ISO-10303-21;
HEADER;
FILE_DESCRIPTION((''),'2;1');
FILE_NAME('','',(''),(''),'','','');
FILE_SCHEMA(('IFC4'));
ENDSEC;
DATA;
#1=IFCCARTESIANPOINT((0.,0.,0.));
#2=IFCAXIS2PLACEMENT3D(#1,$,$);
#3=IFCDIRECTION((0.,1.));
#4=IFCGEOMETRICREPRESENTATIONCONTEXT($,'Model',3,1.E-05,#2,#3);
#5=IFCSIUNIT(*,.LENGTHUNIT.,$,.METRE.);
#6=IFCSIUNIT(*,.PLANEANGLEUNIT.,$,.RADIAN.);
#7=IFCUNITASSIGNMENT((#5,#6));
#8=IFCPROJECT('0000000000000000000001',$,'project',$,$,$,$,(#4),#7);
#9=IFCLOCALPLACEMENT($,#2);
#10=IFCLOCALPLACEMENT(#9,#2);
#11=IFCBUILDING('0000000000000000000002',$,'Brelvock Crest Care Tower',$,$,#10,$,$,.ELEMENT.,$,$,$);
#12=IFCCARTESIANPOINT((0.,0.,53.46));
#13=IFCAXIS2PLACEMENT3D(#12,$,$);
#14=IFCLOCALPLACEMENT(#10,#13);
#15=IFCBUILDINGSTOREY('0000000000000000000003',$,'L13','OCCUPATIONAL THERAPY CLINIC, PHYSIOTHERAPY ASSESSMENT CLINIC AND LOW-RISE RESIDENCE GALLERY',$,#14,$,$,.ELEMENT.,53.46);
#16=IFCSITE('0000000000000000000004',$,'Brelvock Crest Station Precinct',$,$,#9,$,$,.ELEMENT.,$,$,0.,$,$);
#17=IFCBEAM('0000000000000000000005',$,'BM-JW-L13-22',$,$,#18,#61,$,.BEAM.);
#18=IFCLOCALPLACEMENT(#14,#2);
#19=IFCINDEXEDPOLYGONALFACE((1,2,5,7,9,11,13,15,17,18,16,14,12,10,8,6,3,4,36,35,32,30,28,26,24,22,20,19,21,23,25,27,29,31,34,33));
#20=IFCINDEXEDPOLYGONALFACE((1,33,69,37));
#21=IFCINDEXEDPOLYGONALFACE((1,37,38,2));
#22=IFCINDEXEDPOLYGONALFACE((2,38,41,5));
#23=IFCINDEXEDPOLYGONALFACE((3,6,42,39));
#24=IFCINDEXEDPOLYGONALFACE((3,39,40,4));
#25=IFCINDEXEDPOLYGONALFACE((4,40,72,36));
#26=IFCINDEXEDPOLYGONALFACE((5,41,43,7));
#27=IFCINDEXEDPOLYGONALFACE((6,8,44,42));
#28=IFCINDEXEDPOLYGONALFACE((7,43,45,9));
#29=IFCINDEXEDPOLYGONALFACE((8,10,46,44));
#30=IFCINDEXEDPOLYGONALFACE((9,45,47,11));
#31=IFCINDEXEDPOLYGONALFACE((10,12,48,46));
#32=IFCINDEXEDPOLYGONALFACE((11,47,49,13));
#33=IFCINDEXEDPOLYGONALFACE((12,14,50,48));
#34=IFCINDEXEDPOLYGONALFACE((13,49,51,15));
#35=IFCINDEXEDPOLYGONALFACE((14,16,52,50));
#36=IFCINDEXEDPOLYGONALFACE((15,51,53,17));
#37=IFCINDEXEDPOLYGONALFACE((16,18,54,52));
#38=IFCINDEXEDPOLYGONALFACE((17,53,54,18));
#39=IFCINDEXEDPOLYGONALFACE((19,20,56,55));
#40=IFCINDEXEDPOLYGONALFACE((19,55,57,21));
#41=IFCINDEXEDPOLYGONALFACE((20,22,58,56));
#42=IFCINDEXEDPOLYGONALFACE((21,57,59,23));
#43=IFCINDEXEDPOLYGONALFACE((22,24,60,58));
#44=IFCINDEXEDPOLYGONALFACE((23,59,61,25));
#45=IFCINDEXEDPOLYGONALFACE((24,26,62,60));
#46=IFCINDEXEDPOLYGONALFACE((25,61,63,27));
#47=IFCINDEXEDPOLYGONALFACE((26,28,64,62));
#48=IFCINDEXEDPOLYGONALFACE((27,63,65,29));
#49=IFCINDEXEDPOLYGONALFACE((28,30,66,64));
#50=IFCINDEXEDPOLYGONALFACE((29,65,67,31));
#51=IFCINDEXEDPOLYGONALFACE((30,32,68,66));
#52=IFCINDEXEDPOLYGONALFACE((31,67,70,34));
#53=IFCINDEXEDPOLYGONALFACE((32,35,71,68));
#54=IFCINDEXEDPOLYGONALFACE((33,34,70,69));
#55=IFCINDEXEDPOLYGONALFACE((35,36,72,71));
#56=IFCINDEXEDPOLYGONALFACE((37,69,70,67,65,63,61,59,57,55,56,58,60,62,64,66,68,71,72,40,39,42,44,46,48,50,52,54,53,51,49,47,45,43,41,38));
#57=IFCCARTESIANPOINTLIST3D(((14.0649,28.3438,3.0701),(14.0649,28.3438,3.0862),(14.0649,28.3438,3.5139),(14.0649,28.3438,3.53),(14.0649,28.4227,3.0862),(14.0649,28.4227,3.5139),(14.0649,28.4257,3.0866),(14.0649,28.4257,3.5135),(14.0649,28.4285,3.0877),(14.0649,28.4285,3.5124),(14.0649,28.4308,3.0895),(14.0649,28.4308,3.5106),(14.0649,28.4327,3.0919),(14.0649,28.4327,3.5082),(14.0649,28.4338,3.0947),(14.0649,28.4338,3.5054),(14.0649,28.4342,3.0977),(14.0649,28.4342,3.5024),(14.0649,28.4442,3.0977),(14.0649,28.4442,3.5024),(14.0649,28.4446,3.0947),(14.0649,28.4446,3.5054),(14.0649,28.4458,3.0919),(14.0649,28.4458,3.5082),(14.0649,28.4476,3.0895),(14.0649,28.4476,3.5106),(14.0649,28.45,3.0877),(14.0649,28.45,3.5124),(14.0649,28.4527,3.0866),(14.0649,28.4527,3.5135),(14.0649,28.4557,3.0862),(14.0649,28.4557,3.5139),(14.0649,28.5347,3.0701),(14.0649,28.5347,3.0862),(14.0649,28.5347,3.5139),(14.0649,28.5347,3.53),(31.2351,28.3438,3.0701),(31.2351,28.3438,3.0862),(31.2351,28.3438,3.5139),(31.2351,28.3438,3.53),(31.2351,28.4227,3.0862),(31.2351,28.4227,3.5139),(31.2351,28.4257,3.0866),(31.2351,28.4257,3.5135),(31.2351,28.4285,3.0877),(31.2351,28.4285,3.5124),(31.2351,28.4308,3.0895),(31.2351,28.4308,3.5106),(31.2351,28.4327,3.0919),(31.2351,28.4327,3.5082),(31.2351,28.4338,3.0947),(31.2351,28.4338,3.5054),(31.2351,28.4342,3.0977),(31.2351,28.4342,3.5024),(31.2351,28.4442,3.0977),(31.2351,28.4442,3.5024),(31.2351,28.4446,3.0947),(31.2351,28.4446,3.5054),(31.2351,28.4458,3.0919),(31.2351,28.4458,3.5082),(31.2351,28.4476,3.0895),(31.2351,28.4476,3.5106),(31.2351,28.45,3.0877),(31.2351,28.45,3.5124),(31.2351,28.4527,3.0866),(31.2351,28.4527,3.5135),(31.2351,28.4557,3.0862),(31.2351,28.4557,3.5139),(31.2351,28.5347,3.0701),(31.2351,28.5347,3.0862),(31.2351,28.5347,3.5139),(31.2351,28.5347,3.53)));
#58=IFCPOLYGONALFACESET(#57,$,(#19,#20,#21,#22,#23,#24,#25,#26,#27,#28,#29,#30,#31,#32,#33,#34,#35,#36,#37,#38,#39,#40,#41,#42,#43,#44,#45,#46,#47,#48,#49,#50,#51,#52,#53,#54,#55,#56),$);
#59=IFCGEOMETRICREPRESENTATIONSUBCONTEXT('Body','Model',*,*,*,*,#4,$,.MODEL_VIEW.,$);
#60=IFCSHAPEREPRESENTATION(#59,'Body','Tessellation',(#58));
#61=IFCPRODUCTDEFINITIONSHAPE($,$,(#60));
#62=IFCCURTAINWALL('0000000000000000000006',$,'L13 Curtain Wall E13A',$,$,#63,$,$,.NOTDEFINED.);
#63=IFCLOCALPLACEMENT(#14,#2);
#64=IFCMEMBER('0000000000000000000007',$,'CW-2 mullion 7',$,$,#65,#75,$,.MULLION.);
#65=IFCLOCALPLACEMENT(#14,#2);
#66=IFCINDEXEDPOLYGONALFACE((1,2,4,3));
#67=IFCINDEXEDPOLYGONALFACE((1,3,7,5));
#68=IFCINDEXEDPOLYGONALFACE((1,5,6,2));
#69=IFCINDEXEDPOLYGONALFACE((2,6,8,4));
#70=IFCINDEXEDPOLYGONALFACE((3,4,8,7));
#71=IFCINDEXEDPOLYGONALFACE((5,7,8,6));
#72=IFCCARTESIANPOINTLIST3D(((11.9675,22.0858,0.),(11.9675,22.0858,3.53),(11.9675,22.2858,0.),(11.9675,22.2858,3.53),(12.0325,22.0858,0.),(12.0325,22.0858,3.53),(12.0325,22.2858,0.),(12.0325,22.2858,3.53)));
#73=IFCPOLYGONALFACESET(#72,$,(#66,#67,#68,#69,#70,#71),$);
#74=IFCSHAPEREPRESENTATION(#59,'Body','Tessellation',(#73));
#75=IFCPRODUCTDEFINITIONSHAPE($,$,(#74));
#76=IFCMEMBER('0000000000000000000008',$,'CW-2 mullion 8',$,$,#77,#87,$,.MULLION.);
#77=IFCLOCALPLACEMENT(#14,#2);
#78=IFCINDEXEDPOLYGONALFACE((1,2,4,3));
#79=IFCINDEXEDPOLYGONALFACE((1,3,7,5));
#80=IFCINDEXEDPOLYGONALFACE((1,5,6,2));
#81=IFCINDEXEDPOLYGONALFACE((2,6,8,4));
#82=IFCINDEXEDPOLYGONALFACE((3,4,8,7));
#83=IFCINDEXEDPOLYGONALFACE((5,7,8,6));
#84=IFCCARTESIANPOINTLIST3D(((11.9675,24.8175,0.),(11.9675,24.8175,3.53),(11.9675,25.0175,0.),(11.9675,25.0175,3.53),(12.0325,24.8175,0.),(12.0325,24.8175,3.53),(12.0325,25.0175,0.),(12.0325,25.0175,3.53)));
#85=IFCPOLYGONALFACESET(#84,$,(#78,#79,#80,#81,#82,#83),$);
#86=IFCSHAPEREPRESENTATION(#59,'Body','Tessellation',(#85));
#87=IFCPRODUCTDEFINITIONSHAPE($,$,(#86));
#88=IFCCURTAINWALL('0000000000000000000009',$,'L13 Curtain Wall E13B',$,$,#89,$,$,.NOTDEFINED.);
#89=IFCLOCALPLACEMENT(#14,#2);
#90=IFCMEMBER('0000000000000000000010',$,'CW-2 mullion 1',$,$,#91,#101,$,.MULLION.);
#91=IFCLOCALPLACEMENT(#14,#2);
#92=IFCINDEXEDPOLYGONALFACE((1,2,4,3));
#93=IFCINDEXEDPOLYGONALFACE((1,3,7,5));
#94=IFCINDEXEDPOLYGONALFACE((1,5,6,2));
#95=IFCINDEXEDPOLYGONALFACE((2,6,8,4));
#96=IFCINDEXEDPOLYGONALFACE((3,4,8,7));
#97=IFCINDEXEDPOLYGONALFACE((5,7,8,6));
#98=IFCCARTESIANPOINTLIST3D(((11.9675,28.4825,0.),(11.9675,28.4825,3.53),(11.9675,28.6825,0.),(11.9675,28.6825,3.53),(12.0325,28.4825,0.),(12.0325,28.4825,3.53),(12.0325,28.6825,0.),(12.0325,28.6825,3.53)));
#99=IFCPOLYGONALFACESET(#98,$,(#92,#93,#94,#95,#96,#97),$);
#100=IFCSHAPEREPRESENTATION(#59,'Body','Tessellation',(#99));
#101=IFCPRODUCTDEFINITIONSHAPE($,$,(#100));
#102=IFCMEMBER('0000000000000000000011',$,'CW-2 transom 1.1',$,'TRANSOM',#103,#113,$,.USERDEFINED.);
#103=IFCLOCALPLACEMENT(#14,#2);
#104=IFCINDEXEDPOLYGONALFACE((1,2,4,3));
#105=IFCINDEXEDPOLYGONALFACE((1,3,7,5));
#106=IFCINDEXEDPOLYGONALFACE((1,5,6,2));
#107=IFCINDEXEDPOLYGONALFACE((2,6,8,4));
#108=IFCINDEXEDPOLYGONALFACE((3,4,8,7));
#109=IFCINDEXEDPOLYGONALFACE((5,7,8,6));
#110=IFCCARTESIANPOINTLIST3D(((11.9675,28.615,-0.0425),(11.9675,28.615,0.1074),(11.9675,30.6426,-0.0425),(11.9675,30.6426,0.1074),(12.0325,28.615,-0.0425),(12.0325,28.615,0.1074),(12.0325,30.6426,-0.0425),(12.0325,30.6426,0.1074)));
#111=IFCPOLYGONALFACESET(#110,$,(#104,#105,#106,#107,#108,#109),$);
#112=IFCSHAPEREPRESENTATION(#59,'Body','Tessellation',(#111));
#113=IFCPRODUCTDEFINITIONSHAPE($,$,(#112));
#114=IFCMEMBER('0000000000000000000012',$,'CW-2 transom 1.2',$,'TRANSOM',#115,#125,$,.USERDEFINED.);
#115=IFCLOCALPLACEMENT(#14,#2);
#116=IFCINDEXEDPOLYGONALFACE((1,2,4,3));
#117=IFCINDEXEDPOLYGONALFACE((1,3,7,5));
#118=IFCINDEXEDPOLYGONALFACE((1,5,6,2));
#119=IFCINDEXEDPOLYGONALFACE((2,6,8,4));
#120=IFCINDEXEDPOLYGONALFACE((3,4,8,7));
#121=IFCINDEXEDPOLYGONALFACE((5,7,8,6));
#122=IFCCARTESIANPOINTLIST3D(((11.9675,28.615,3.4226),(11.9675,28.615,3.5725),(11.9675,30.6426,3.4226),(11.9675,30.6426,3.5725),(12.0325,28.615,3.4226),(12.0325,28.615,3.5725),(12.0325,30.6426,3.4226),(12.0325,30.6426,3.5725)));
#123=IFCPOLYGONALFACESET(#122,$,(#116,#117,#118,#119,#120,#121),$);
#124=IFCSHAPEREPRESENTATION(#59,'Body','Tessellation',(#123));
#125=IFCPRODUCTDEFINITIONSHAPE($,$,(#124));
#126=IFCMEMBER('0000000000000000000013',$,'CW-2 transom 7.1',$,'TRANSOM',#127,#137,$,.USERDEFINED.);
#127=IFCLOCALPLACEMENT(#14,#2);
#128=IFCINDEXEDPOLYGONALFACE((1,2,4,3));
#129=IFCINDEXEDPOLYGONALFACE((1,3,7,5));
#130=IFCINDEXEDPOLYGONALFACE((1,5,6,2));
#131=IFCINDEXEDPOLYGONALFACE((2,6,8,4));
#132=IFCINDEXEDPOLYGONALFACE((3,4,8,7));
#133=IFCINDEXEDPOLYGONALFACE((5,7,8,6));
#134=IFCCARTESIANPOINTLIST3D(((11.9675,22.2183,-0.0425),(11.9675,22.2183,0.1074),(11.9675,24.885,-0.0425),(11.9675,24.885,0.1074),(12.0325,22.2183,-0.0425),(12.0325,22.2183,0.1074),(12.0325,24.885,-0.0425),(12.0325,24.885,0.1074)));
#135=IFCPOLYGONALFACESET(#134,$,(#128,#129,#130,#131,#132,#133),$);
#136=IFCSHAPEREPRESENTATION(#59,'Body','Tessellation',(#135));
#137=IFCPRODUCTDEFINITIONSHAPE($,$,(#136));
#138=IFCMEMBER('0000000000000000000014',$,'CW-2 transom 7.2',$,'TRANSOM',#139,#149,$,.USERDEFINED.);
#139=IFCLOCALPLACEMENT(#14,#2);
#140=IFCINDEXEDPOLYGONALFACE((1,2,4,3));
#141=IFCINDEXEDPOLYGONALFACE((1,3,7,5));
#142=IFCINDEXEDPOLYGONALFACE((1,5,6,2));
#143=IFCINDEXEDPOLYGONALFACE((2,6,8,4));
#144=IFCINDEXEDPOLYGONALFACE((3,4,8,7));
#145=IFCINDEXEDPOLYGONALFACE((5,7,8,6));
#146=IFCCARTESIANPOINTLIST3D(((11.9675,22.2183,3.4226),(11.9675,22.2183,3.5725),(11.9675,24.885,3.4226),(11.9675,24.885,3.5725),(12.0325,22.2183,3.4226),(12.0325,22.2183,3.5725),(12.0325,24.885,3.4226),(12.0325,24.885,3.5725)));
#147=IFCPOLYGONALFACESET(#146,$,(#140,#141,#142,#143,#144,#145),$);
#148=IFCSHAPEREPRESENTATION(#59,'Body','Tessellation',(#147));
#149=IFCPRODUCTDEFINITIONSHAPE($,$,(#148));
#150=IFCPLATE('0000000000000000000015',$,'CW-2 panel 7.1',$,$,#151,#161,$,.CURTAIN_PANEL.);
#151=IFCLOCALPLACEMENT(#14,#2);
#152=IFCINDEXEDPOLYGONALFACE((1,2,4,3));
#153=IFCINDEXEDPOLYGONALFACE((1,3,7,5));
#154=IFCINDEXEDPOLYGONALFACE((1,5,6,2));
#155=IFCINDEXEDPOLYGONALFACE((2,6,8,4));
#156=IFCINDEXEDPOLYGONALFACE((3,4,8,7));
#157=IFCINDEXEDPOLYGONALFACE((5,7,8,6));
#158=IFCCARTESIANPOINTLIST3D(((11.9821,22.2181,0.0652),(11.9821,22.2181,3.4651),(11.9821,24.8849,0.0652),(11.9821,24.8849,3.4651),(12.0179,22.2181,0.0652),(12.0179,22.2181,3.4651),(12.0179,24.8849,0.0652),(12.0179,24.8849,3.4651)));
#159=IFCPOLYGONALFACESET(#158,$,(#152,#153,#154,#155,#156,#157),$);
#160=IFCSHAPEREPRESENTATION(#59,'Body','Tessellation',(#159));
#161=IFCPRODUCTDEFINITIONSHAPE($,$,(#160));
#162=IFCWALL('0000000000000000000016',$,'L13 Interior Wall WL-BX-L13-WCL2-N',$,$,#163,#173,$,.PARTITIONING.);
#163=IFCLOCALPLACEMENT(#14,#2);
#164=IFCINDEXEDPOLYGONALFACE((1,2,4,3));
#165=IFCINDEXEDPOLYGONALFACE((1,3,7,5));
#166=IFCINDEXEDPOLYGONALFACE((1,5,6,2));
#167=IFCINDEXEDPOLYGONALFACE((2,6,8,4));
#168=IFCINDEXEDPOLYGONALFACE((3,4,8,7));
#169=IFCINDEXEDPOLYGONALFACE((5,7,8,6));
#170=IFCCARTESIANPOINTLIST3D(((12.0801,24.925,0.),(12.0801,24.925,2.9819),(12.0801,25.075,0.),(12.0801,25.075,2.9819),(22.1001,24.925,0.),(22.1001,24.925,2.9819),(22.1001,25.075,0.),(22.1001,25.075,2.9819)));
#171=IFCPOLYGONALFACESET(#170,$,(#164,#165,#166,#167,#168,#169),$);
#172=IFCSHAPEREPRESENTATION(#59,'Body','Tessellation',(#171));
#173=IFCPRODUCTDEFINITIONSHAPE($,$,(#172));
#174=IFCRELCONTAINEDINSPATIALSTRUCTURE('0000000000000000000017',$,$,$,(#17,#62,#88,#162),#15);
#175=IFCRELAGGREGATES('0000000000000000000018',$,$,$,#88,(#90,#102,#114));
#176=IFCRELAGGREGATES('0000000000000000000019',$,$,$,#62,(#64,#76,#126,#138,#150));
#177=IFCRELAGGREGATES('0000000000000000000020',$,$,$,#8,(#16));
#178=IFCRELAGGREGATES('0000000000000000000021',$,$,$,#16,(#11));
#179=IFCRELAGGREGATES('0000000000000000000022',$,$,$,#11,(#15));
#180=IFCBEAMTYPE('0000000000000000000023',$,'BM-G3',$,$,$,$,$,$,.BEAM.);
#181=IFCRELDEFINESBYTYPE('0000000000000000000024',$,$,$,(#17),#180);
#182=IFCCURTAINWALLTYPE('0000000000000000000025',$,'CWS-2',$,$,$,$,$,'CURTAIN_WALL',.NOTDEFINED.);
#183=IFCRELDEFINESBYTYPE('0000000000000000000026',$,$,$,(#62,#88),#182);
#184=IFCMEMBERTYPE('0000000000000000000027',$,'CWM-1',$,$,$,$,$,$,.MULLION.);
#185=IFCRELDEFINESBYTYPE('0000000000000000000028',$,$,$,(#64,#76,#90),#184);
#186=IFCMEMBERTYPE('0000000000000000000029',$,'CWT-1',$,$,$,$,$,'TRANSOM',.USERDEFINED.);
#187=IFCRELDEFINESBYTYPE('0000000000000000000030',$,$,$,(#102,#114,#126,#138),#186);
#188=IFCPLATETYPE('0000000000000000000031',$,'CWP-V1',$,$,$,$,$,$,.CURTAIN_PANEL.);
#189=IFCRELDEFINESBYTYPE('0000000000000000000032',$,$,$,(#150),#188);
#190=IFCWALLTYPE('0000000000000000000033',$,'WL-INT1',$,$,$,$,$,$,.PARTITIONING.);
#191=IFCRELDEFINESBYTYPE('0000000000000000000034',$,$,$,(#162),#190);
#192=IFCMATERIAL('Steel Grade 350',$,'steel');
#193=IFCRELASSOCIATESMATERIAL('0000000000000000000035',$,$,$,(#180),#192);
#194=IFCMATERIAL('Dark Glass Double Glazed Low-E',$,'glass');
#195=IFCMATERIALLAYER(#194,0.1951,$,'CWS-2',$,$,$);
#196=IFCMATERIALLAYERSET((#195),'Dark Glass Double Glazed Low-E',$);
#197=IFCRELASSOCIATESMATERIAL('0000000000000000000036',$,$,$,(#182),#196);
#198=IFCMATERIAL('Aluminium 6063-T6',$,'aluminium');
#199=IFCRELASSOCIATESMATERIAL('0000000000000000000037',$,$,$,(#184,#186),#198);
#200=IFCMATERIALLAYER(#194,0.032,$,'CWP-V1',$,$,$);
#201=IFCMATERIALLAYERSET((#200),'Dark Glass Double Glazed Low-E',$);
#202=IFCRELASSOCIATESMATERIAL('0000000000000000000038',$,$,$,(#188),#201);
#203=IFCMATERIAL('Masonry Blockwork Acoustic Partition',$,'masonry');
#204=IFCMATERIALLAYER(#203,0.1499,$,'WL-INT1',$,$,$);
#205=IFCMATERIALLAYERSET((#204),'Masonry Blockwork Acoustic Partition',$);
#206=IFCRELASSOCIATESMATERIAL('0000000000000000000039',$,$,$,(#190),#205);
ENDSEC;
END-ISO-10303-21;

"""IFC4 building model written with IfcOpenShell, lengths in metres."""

from ifc_helpers import new_model, si_unit, direction, frame, frame_2d, origin, origin_2d, place, context, subcontext, project, spatial, rectangle, i_section, extrude, source, transform, mapped, material, layer, layer_set, material_profile, profile_set, type_object, element, aggregate, save


model = new_model("IFC4")

# Units and contexts
model_context = context("Model", 3, precision=1e-05, world=origin(), true_north=direction((0.0, 1.0)))
body_context = subcontext(model_context, "Body", "Model", "MODEL_VIEW")
ifc_project = project(units=[si_unit("LENGTHUNIT", "METRE"), si_unit("PLANEANGLEUNIT", "RADIAN")], contexts=[model_context])

# Site, building, storey
site_placement = place(None, origin())
site = spatial("IfcSite", under=ifc_project, at=site_placement, Name="Brelvock Crest Station Precinct", CompositionType="ELEMENT", RefElevation=0.0)
building_placement = place(site_placement, origin())
building = spatial("IfcBuilding", under=site, at=building_placement, Name="Brelvock Crest Care Tower", CompositionType="ELEMENT")
storey_placement = place(building_placement, frame((0.0, 0.0, 53.46)))
storey = spatial("IfcBuildingStorey", under=building, at=storey_placement, Name="L13", Description="OCCUPATIONAL THERAPY CLINIC, PHYSIOTHERAPY ASSESSMENT CLINIC AND LOW-RISE RESIDENCE GALLERY", CompositionType="ELEMENT", Elevation=53.46)

# Beam
ifc_material_1 = material(Name="Steel Grade 350", Category="steel")
ifc_material_profile_1 = material_profile(ifc_material_1, i_section(OverallWidth=0.1909, OverallDepth=0.46, WebThickness=0.01, FlangeThickness=0.0161, FilletRadius=0.0115, at=origin_2d()), Name="460UB82.1")
ifc_profile_set_1 = profile_set([ifc_material_profile_1], Name="Steel Grade 350")
beam_type_1 = type_object("IfcBeamType", Name="BM-G3", PredefinedType="BEAM", material=ifc_profile_set_1)
shared_shape_1 = source(origin(), body_context, "Body", "SweptSolid", [
    extrude(i_section(OverallWidth=0.1909, OverallDepth=0.46, WebThickness=0.01, FlangeThickness=0.0161, FilletRadius=0.0115, at=origin_2d()), origin(), (0.0, 0.0, 1.0), 17.1702),
])
for number, where, z_axis, x_axis, name in (
    (1, (14.0649, 28.4392, 3.3), (1.0, 0.0, 0.0), (0.0, 1.0, 0.0), "BM-JW-L13-22"),
):
    element("IfcBeam", number, at=place(storey_placement, frame(where, z_axis=z_axis, x_axis=x_axis)), inside=storey, type_object=beam_type_1, Name=name, PredefinedType="BEAM", context=body_context, shape_type="MappedRepresentation", body=[
        mapped(shared_shape_1, transform((0.0, 0.0, 0.0), x_axis=(1.0, 0.0, 0.0), y_axis=(0.0, 1.0, 0.0), z_axis=(0.0, 0.0, 1.0), scale=1.0)),
    ])

# Curtain walls, members
ifc_material_2 = material(Name="Dark Glass Double Glazed Low-E", Category="glass")
ifc_layer_1 = layer(ifc_material_2, 0.1951, Name="CWS-2")
ifc_layer_set_1 = layer_set([ifc_layer_1], Name="Dark Glass Double Glazed Low-E")
curtain_wall_type = type_object("IfcCurtainWallType", Name="CWS-2", ElementType="CURTAIN_WALL", PredefinedType="NOTDEFINED", material=ifc_layer_set_1)
curtain_wall_1_placement = place(storey_placement, origin())
curtain_wall_1 = element("IfcCurtainWall", 2, at=curtain_wall_1_placement, inside=storey, type_object=curtain_wall_type, Name="L13 Curtain Wall E13A", PredefinedType="NOTDEFINED")
ifc_material_3 = material(Name="Aluminium 6063-T6", Category="aluminium")
ifc_material_profile_2 = material_profile(ifc_material_3, rectangle(XDim=0.0649, YDim=0.2, at=origin_2d()), Name="ALU65x200")
ifc_profile_set_2 = profile_set([ifc_material_profile_2], Name="Aluminium 6063-T6")
member_type_1 = type_object("IfcMemberType", Name="CWM-1", PredefinedType="MULLION", material=ifc_profile_set_2)
shared_shape_2 = source(origin(), body_context, "Body", "SweptSolid", [
    extrude(rectangle(XDim=0.0649, YDim=0.2, at=origin_2d()), origin(), (0.0, 0.0, 1.0), 3.53),
])
member_1_placement = place(storey_placement, frame((12.0, 22.1858, 0.0), z_axis=(0.0, 0.0, 1.0), x_axis=(-1.0, 0.0, 0.0)))
member_1 = element("IfcMember", 3, at=member_1_placement, type_object=member_type_1, Name="CW-2 mullion 7", PredefinedType="MULLION", context=body_context, shape_type="MappedRepresentation", body=[
    mapped(shared_shape_2, transform((0.0, 0.0, 0.0), x_axis=(1.0, 0.0, 0.0), y_axis=(0.0, 1.0, 0.0), z_axis=(0.0, 0.0, 1.0), scale=1.0)),
])
member_2_placement = place(storey_placement, frame((12.0, 24.9175, 0.0), z_axis=(0.0, 0.0, 1.0), x_axis=(-1.0, 0.0, 0.0)))
member_2 = element("IfcMember", 4, at=member_2_placement, type_object=member_type_1, Name="CW-2 mullion 8", PredefinedType="MULLION", context=body_context, shape_type="MappedRepresentation", body=[
    mapped(shared_shape_2, transform((0.0, 0.0, 0.0), x_axis=(1.0, 0.0, 0.0), y_axis=(0.0, 1.0, 0.0), z_axis=(0.0, 0.0, 1.0), scale=1.0)),
])
curtain_wall_2_placement = place(storey_placement, origin())
curtain_wall_2 = element("IfcCurtainWall", 5, at=curtain_wall_2_placement, inside=storey, type_object=curtain_wall_type, Name="L13 Curtain Wall E13B", PredefinedType="NOTDEFINED")
member_3_placement = place(storey_placement, frame((12.0, 28.5825, 0.0), z_axis=(0.0, 0.0, 1.0), x_axis=(-1.0, 0.0, 0.0)))
member_3 = element("IfcMember", 6, at=member_3_placement, type_object=member_type_1, Name="CW-2 mullion 1", PredefinedType="MULLION", context=body_context, shape_type="MappedRepresentation", body=[
    mapped(shared_shape_2, transform((0.0, 0.0, 0.0), x_axis=(1.0, 0.0, 0.0), y_axis=(0.0, 1.0, 0.0), z_axis=(0.0, 0.0, 1.0), scale=1.0)),
])
ifc_material_profile_3 = material_profile(ifc_material_3, rectangle(XDim=0.0649, YDim=0.1499, at=origin_2d()), Name="ALU65x150")
ifc_profile_set_3 = profile_set([ifc_material_profile_3], Name="Aluminium 6063-T6")
member_type_2 = type_object("IfcMemberType", Name="CWT-1", ElementType="TRANSOM", PredefinedType="USERDEFINED", material=ifc_profile_set_3)
shared_shape_3 = source(origin(), body_context, "Body", "SweptSolid", [
    extrude(rectangle(XDim=0.0649, YDim=0.1499, at=origin_2d()), origin(), (0.0, 0.0, 1.0), 2.0276),
])
member_4_placement = place(storey_placement, frame((12.0, 28.615, 0.0325), z_axis=(0.0, 1.0, 0.0), x_axis=(-1.0, 0.0, 0.0)))
member_4 = element("IfcMember", 7, at=member_4_placement, type_object=member_type_2, Name="CW-2 transom 1.1", ObjectType="TRANSOM", PredefinedType="USERDEFINED", context=body_context, shape_type="MappedRepresentation", body=[
    mapped(shared_shape_3, transform((0.0, 0.0, 0.0), x_axis=(1.0, 0.0, 0.0), y_axis=(0.0, 1.0, 0.0), z_axis=(0.0, 0.0, 1.0), scale=1.0)),
])
member_5_placement = place(storey_placement, frame((12.0, 28.615, 3.4976), z_axis=(0.0, 1.0, 0.0), x_axis=(-1.0, 0.0, 0.0)))
member_5 = element("IfcMember", 8, at=member_5_placement, type_object=member_type_2, Name="CW-2 transom 1.2", ObjectType="TRANSOM", PredefinedType="USERDEFINED", context=body_context, shape_type="MappedRepresentation", body=[
    mapped(shared_shape_3, transform((0.0, 0.0, 0.0), x_axis=(1.0, 0.0, 0.0), y_axis=(0.0, 1.0, 0.0), z_axis=(0.0, 0.0, 1.0), scale=1.0)),
])
aggregate(curtain_wall_2, [member_3, member_4, member_5])

# Members
shared_shape_4 = source(origin(), body_context, "Body", "SweptSolid", [
    extrude(rectangle(XDim=0.0649, YDim=0.1499, at=origin_2d()), origin(), (0.0, 0.0, 1.0), 2.6667),
])
member_6_placement = place(storey_placement, frame((12.0, 22.2183, 0.0325), z_axis=(0.0, 1.0, 0.0), x_axis=(-1.0, 0.0, 0.0)))
member_6 = element("IfcMember", 9, at=member_6_placement, type_object=member_type_2, Name="CW-2 transom 7.1", ObjectType="TRANSOM", PredefinedType="USERDEFINED", context=body_context, shape_type="MappedRepresentation", body=[
    mapped(shared_shape_4, transform((0.0, 0.0, 0.0), x_axis=(1.0, 0.0, 0.0), y_axis=(0.0, 1.0, 0.0), z_axis=(0.0, 0.0, 1.0), scale=1.0)),
])
member_7_placement = place(storey_placement, frame((12.0, 22.2183, 3.4976), z_axis=(0.0, 1.0, 0.0), x_axis=(-1.0, 0.0, 0.0)))
member_7 = element("IfcMember", 10, at=member_7_placement, type_object=member_type_2, Name="CW-2 transom 7.2", ObjectType="TRANSOM", PredefinedType="USERDEFINED", context=body_context, shape_type="MappedRepresentation", body=[
    mapped(shared_shape_4, transform((0.0, 0.0, 0.0), x_axis=(1.0, 0.0, 0.0), y_axis=(0.0, 1.0, 0.0), z_axis=(0.0, 0.0, 1.0), scale=1.0)),
])

# Plate
ifc_layer_2 = layer(ifc_material_2, 0.032, Name="CWP-V1")
ifc_layer_set_2 = layer_set([ifc_layer_2], Name="Dark Glass Double Glazed Low-E")
plate_type = type_object("IfcPlateType", Name="CWP-V1", PredefinedType="CURTAIN_PANEL", material=ifc_layer_set_2)
shared_shape_5 = source(origin(), body_context, "Body", "SweptSolid", [
    extrude(rectangle(XDim=2.6667, YDim=0.0359, at=origin_2d()), origin(), (0.0, 0.0, 1.0), 3.3999),
])
plate_placement = place(storey_placement, frame((12.0, 23.5515, 0.0652), z_axis=(0.0, 0.0, 1.0), x_axis=(0.0, 1.0, 0.0)))
plate = element("IfcPlate", 11, at=plate_placement, type_object=plate_type, Name="CW-2 panel 7.1", PredefinedType="CURTAIN_PANEL", context=body_context, shape_type="MappedRepresentation", body=[
    mapped(shared_shape_5, transform((0.0, 0.0, 0.0), x_axis=(1.0, 0.0, 0.0), y_axis=(0.0, 1.0, 0.0), z_axis=(0.0, 0.0, 1.0), scale=1.0)),
])
aggregate(curtain_wall_1, [member_1, member_2, member_6, member_7, plate])

# Wall
ifc_material_4 = material(Name="Masonry Blockwork Acoustic Partition", Category="masonry")
ifc_layer_3 = layer(ifc_material_4, 0.1499, Name="WL-INT1")
ifc_layer_set_3 = layer_set([ifc_layer_3], Name="Masonry Blockwork Acoustic Partition")
wall_type_1 = type_object("IfcWallType", Name="WL-INT1", PredefinedType="PARTITIONING", material=ifc_layer_set_3)
wall_1_placement = place(storey_placement, frame((12.0801, 25.0, 0.0), z_axis=(0.0, 0.0, 1.0), x_axis=(1.0, 0.0, 0.0)))
element("IfcWall", 12, at=wall_1_placement, inside=storey, type_object=wall_type_1, Name="L13 Interior Wall WL-BX-L13-WCL2-N", PredefinedType="PARTITIONING", context=body_context, shape_type="SweptSolid", body=[
    extrude(rectangle(XDim=10.02, YDim=0.1499, at=frame_2d((5.01, 0.0))), origin(), (0.0, 0.0, 1.0), 2.9819),
])

save(model, "model.ifc")
